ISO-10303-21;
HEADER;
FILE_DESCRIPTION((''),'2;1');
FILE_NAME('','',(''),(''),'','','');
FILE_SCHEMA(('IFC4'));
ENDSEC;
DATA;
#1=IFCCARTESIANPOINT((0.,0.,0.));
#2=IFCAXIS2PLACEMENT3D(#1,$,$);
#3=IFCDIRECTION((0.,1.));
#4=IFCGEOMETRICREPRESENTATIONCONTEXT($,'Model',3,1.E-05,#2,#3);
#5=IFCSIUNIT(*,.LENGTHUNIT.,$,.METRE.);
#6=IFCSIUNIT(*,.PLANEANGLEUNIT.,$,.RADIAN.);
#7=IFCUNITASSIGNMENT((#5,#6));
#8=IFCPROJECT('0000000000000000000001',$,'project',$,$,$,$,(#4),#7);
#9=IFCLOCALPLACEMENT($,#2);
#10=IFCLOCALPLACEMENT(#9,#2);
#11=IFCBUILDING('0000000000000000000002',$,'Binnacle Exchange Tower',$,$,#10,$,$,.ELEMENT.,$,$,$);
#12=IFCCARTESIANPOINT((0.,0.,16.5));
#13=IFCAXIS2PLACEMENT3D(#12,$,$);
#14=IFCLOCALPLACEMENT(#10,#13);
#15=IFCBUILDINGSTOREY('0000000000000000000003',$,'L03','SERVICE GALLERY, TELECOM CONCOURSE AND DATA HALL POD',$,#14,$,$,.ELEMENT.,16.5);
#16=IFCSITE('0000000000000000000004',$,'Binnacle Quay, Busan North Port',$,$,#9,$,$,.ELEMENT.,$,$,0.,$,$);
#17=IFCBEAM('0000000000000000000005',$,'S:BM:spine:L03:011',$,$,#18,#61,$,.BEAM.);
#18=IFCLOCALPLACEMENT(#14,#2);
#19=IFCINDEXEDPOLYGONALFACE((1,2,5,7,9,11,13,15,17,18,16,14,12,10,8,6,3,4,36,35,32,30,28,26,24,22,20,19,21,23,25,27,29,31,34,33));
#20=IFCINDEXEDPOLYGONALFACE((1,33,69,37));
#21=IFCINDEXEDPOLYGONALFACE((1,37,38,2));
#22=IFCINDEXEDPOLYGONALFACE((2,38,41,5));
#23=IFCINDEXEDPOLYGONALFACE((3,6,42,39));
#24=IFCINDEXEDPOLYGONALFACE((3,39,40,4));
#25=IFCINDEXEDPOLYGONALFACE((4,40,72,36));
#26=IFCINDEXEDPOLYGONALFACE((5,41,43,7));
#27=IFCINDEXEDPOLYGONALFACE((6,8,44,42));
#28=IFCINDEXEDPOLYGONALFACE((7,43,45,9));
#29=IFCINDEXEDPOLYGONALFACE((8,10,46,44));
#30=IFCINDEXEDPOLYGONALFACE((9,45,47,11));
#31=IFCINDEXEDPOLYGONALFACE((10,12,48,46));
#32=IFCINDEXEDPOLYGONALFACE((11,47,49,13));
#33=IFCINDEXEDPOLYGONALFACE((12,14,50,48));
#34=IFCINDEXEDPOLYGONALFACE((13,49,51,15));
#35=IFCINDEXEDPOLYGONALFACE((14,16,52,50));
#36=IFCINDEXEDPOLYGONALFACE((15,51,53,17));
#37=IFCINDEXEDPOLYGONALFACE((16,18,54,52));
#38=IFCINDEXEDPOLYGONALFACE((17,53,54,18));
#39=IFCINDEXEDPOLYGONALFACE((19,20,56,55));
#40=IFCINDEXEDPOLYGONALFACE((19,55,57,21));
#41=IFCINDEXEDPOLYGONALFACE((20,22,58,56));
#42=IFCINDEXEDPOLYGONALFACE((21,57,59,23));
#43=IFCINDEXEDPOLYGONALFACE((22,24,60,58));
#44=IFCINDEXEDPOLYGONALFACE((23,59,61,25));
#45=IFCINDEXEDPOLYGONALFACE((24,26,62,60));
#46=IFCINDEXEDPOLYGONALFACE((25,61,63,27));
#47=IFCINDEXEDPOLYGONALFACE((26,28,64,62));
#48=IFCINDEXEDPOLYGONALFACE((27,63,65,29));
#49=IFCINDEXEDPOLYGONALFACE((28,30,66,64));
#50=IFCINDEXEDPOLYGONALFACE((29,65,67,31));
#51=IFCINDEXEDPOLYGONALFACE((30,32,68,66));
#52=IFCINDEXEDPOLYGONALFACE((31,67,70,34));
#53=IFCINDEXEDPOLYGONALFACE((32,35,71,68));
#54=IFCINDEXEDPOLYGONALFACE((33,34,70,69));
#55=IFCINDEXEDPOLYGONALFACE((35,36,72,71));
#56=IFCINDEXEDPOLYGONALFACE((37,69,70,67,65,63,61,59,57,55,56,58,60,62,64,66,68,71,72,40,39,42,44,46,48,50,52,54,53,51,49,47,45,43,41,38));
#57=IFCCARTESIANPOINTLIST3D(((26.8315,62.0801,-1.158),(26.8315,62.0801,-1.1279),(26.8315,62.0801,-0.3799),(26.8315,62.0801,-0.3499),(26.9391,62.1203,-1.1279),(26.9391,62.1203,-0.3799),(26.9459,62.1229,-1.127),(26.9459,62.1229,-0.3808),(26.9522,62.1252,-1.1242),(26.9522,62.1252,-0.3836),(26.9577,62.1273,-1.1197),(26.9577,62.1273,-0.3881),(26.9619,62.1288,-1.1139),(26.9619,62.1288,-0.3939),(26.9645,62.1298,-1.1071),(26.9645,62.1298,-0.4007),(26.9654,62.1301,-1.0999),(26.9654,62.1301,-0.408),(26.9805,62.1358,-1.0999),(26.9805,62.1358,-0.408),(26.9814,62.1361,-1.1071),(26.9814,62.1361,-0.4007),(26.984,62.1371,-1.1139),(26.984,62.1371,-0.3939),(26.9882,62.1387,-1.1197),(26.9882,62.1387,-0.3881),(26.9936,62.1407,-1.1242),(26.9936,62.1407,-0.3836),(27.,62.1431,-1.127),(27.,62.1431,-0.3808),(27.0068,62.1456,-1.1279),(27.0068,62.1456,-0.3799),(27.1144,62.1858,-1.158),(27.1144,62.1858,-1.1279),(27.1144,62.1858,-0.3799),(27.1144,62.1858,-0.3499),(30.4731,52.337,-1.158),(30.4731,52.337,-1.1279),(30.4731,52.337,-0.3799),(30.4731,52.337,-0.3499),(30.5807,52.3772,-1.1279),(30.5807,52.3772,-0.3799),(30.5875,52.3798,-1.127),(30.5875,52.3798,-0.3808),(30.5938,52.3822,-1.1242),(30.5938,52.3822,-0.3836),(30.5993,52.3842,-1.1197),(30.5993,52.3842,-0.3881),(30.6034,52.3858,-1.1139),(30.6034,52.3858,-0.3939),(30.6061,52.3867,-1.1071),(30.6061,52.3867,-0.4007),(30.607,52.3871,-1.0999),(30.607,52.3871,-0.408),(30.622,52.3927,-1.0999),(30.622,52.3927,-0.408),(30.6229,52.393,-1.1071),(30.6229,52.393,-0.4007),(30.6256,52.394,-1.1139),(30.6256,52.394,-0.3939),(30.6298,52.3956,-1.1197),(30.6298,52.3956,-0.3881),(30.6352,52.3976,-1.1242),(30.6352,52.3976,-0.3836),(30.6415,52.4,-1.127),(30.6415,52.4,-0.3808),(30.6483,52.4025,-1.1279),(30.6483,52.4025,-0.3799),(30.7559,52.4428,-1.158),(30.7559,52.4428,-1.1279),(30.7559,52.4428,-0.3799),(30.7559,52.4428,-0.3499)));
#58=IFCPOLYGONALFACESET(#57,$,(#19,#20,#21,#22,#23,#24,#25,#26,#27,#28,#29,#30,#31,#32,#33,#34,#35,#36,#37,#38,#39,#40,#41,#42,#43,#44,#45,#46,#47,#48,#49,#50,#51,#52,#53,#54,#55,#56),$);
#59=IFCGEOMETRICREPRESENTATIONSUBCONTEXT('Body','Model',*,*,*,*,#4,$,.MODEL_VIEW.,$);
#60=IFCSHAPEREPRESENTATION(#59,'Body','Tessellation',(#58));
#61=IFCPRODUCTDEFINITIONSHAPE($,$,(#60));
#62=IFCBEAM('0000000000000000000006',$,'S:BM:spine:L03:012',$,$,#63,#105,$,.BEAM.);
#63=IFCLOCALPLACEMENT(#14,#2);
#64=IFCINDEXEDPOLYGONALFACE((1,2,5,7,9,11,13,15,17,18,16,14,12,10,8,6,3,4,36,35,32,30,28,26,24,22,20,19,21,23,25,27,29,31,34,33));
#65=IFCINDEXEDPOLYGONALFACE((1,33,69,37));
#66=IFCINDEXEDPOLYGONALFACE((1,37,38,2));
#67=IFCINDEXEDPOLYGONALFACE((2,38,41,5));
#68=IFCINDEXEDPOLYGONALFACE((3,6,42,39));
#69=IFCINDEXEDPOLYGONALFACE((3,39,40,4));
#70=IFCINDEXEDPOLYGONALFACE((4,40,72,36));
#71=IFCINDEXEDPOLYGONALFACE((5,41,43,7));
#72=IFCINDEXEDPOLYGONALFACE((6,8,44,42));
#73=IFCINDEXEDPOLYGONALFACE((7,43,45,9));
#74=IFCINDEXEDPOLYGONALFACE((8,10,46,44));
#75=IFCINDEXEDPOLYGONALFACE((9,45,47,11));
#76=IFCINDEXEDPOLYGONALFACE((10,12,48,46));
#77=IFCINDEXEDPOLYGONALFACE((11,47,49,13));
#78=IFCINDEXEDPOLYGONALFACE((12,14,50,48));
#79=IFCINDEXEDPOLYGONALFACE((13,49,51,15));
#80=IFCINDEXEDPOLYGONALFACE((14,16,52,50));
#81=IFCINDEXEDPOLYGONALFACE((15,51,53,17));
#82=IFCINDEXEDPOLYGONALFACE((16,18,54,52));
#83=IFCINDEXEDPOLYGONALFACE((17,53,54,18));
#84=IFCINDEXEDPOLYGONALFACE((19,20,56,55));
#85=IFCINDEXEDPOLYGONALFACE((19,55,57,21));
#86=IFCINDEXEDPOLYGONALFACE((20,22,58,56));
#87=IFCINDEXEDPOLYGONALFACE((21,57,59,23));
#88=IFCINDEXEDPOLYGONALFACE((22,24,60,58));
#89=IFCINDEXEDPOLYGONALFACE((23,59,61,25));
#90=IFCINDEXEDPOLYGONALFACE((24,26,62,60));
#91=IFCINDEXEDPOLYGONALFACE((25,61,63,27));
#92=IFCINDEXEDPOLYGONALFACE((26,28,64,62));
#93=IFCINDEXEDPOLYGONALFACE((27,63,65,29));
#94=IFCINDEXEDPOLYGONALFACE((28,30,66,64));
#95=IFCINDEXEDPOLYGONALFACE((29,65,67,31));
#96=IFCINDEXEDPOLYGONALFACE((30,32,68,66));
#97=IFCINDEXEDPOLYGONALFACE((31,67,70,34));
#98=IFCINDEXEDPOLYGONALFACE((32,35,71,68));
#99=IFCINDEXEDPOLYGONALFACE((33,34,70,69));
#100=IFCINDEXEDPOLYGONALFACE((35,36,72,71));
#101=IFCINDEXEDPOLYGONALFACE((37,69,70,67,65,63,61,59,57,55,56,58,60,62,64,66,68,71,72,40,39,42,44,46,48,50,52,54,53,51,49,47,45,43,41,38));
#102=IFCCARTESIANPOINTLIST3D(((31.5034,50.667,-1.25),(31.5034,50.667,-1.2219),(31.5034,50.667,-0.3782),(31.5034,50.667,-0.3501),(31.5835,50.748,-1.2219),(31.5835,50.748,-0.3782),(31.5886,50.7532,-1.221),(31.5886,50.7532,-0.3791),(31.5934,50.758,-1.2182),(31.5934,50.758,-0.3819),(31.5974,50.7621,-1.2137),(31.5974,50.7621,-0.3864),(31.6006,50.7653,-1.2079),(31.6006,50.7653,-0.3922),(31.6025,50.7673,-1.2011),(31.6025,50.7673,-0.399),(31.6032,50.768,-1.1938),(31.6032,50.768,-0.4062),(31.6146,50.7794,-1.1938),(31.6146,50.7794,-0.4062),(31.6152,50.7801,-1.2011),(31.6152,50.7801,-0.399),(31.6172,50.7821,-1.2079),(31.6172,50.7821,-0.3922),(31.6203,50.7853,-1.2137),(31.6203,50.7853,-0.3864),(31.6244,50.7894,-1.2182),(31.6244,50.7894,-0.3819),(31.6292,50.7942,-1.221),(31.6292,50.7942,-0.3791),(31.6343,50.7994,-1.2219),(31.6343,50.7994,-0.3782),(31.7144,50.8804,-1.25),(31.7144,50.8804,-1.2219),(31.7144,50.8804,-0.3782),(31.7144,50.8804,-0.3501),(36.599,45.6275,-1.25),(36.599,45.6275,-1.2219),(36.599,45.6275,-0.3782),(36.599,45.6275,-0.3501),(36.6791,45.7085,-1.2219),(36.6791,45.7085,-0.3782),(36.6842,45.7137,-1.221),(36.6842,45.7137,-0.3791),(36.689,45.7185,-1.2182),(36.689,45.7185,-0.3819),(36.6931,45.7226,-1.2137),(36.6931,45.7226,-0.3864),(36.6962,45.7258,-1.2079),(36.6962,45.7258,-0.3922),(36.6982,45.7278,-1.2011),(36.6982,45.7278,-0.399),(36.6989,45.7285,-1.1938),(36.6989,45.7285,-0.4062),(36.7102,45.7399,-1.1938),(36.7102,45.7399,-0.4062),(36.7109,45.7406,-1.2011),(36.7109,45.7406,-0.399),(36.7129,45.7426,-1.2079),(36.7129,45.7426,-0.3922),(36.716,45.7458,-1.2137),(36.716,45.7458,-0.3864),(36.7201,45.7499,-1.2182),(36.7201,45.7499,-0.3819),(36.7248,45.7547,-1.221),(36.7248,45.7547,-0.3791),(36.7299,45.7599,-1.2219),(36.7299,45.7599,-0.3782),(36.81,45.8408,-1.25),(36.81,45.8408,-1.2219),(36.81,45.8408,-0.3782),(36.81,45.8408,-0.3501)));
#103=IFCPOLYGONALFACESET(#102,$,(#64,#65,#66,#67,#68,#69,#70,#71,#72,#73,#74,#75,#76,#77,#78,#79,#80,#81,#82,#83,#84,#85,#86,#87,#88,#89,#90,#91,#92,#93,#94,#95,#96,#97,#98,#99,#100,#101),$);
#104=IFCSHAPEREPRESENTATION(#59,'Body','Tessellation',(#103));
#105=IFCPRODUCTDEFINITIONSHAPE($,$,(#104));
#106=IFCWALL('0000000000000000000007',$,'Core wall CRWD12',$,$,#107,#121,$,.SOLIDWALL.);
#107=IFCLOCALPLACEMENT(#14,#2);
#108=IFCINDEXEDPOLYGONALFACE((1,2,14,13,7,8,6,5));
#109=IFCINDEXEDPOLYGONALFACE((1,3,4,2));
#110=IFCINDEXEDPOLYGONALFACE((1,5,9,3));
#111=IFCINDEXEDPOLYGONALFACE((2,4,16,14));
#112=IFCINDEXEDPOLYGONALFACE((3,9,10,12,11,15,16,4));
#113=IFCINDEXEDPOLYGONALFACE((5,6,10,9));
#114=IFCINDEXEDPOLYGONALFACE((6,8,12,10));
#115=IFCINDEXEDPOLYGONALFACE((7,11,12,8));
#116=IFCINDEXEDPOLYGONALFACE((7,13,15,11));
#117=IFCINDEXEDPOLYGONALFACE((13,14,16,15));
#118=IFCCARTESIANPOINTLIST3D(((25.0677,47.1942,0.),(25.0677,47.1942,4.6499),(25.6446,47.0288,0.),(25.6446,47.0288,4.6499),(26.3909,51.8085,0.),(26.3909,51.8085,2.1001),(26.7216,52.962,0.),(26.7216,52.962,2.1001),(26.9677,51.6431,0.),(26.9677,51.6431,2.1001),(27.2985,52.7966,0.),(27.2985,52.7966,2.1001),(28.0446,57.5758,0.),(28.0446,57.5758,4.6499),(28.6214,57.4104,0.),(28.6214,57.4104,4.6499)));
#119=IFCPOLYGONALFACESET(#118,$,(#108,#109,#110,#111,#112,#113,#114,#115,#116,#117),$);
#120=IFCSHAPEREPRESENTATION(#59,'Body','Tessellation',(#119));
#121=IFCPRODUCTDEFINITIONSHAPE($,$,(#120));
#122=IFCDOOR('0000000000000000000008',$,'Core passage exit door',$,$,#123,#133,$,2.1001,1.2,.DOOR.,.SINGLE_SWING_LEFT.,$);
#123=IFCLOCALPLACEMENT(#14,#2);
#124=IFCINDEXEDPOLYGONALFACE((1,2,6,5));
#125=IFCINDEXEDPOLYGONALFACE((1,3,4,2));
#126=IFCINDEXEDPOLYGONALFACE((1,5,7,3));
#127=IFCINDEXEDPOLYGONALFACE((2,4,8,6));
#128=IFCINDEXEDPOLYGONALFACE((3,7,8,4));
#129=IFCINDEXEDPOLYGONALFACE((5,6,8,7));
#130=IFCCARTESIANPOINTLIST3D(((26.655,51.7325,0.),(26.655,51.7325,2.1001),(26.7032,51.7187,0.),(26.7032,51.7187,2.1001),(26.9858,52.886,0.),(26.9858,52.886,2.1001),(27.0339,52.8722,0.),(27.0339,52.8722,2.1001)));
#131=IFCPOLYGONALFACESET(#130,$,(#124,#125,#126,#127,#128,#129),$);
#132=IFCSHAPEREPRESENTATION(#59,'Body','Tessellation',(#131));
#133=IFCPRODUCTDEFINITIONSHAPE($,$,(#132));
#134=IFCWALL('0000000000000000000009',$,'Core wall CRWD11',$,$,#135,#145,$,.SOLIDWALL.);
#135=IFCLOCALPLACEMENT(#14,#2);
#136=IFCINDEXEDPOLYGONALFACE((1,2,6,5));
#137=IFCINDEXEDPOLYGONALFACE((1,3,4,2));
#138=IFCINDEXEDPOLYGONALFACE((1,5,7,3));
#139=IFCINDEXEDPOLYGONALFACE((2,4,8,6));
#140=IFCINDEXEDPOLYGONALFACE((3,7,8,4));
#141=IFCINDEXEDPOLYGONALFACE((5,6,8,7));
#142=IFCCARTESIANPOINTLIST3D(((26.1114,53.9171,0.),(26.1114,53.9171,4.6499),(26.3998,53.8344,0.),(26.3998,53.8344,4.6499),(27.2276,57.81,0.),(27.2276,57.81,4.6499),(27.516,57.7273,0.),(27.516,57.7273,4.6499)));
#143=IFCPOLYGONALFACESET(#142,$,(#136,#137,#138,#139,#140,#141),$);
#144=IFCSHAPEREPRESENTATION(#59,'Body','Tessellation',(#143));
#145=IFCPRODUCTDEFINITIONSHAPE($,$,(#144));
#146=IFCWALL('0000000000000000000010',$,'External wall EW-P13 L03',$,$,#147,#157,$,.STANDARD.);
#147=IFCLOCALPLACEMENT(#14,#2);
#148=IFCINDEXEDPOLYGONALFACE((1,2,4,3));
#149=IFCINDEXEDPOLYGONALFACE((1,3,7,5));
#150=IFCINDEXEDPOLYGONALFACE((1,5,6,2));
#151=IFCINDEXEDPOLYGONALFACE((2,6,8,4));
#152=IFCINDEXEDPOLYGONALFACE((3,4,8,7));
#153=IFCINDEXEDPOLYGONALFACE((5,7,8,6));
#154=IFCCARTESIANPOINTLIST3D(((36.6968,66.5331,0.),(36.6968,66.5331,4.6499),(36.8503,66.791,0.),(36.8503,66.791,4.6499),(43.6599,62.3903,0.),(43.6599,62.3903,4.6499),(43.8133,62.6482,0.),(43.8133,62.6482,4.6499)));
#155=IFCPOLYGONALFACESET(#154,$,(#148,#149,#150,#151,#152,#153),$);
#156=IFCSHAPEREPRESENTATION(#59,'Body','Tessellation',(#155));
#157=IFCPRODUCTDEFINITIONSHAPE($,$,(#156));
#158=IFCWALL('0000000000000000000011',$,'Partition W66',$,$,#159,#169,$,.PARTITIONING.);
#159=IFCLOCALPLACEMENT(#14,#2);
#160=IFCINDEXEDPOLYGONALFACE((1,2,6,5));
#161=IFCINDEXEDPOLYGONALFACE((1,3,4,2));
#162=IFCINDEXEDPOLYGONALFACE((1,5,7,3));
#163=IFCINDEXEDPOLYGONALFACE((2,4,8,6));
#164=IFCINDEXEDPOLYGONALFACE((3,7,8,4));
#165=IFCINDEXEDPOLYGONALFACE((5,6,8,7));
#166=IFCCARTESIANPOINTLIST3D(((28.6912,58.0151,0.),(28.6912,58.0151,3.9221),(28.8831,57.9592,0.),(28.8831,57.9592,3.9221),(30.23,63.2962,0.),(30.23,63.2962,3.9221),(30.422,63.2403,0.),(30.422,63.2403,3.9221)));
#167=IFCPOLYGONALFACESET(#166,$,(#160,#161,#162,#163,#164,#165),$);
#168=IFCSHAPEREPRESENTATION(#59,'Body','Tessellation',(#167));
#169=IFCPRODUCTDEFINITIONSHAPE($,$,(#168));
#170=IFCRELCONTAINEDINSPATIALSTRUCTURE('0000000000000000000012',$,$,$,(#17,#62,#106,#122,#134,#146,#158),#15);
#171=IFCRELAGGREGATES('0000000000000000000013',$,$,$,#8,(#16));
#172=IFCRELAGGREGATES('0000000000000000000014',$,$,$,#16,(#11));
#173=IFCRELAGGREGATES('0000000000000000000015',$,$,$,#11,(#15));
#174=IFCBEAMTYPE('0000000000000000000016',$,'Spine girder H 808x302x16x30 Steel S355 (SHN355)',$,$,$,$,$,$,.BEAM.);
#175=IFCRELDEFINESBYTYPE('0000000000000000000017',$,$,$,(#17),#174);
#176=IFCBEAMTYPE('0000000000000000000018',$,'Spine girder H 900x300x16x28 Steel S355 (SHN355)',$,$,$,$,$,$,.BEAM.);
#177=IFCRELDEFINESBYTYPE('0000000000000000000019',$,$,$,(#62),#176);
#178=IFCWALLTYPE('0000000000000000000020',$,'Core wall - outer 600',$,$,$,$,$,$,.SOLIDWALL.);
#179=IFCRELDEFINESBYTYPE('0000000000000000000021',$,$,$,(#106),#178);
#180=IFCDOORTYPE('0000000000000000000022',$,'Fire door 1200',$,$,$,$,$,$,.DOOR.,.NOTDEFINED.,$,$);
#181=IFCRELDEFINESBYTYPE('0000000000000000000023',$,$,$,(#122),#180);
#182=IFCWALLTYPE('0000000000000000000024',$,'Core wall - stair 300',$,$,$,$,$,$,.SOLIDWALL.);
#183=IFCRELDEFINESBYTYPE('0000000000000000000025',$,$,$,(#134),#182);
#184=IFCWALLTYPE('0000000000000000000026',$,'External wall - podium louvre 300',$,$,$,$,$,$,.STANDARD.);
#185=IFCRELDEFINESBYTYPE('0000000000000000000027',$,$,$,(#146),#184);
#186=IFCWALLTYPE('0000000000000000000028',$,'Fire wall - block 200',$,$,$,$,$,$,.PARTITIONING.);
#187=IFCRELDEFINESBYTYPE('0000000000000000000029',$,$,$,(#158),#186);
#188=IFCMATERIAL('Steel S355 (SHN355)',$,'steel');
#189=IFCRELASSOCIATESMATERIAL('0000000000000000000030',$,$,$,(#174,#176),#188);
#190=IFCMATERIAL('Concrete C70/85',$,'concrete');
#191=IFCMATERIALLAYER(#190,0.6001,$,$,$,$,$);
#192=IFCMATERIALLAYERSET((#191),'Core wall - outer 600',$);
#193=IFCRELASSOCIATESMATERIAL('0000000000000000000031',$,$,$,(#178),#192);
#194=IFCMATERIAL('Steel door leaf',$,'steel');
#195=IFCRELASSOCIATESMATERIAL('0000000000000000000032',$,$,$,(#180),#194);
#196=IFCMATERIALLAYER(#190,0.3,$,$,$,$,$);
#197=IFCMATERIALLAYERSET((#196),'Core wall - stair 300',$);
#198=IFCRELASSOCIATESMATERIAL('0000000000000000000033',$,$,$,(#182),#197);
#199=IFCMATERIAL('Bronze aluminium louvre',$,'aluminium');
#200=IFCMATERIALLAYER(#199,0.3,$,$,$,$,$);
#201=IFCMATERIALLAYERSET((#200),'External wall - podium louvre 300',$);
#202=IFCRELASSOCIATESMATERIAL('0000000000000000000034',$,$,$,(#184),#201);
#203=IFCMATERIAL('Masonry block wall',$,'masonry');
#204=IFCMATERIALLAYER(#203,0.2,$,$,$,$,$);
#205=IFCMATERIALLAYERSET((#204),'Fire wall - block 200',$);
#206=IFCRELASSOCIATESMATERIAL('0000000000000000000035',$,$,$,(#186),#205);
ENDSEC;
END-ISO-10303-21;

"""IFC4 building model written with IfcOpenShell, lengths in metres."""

from ifc_helpers import new_model, si_unit, direction, frame, frame_2d, origin, origin_2d, place, context, subcontext, project, spatial, rectangle, i_section, extrude, material, layer, layer_set, material_profile, profile_set, type_object, element, fill, save


model = new_model("IFC4")

# Units and contexts
model_context = context("Model", 3, precision=1e-05, world=origin(), true_north=direction((0.0, 1.0)))
body_context = subcontext(model_context, "Body", "Model", "MODEL_VIEW")
ifc_project = project(units=[si_unit("LENGTHUNIT", "METRE"), si_unit("PLANEANGLEUNIT", "RADIAN")], contexts=[model_context])

# Site, building, storey
site_placement = place(None, origin())
site = spatial("IfcSite", under=ifc_project, at=site_placement, Name="Binnacle Quay, Busan North Port", CompositionType="ELEMENT", RefElevation=0.0)
building_placement = place(site_placement, origin())
building = spatial("IfcBuilding", under=site, at=building_placement, Name="Binnacle Exchange Tower", CompositionType="ELEMENT")
storey_placement = place(building_placement, frame((0.0, 0.0, 16.5)))
storey = spatial("IfcBuildingStorey", under=building, at=storey_placement, Name="L03", Description="SERVICE GALLERY, TELECOM CONCOURSE AND DATA HALL POD", CompositionType="ELEMENT", Elevation=16.5)

# Shared definitions
ifc_material_1 = material(Name="Concrete C70/85", Category="concrete")

# Beams
ifc_material_2 = material(Name="Steel S355 (SHN355)", Category="steel")
ifc_material_profile_1 = material_profile(ifc_material_2, i_section(OverallWidth=0.302, OverallDepth=0.8081, WebThickness=0.0161, FlangeThickness=0.03, FilletRadius=0.0281, at=origin_2d()), Name="H 808x302x16x30")
ifc_profile_set_1 = profile_set([ifc_material_profile_1], Name="Steel S355 (SHN355)")
beam_type_1 = type_object("IfcBeamType", Name="Spine girder H 808x302x16x30 Steel S355 (SHN355)", PredefinedType="BEAM", material=ifc_profile_set_1)
beam_1_placement = place(storey_placement, frame((30.6145, 52.3899, -0.7539), z_axis=(-0.350105, 0.936711, 0.0), x_axis=(-0.936711, -0.350105, 0.0)))
element("IfcBeam", 1, at=beam_1_placement, inside=storey, type_object=beam_type_1, Name="S:BM:spine:L03:011", PredefinedType="BEAM", context=body_context, shape_type="SweptSolid", body=[
    extrude(i_section(OverallWidth=0.302, OverallDepth=0.8081, WebThickness=0.0161, FlangeThickness=0.03, FilletRadius=0.0281, at=origin_2d()), origin(), (0.0, 0.0, 1.0), 10.4014),
])
ifc_material_profile_2 = material_profile(ifc_material_2, i_section(OverallWidth=0.3, OverallDepth=0.8999, WebThickness=0.0161, FlangeThickness=0.0281, FilletRadius=0.0281, at=origin_2d()), Name="H 900x300x16x28")
ifc_profile_set_2 = profile_set([ifc_material_profile_2], Name="Steel S355 (SHN355)")
beam_type_2 = type_object("IfcBeamType", Name="Spine girder H 900x300x16x28 Steel S355 (SHN355)", PredefinedType="BEAM", material=ifc_profile_set_2)
beam_2_placement = place(storey_placement, frame((31.6089, 50.7737, -0.8), z_axis=(0.711013, -0.703178, 0.0), x_axis=(0.703178, 0.711013, 0.0)))
element("IfcBeam", 2, at=beam_2_placement, inside=storey, type_object=beam_type_2, Name="S:BM:spine:L03:012", PredefinedType="BEAM", context=body_context, shape_type="SweptSolid", body=[
    extrude(i_section(OverallWidth=0.3, OverallDepth=0.8999, WebThickness=0.0161, FlangeThickness=0.0281, FilletRadius=0.0281, at=origin_2d()), origin(), (0.0, 0.0, 1.0), 7.1667),
])

# Wall, opening, door
ifc_layer_1 = layer(ifc_material_1, 0.6001)
ifc_layer_set_1 = layer_set([ifc_layer_1], Name="Core wall - outer 600")
wall_type_1 = type_object("IfcWallType", Name="Core wall - outer 600", PredefinedType="SOLIDWALL", material=ifc_layer_set_1)
wall_1_placement = place(storey_placement, frame((25.3562, 47.1116, 0.0), z_axis=(0.0, 0.0, 1.0), x_axis=(0.275632, 0.961263, 0.0)))
wall_1 = element("IfcWall", 3, at=wall_1_placement, inside=storey, type_object=wall_type_1, Name="Core wall CRWD12", PredefinedType="SOLIDWALL", context=body_context, shape_type="SweptSolid", body=[
    extrude(rectangle(XDim=10.8, YDim=0.6001, at=frame_2d((5.3999, 0.0))), origin(), (0.0, 0.0, 1.0), 4.6499),
])
opening_1_placement = place(wall_1_placement, frame((4.8, 0.0, 0.0)))
opening_1 = element("IfcOpeningElement", 4, at=opening_1_placement, cuts=wall_1, PredefinedType="OPENING", context=body_context, shape_type="SweptSolid", body=[
    extrude(rectangle(XDim=1.2, YDim=2.1001, at=frame_2d((0.6001, 1.05))), frame((0.0, 0.3101, 0.0), z_axis=(0.0, -1.0, 0.0), x_axis=(1.0, 0.0, 0.0)), (0.0, 0.0, 1.0), 0.6201),
])
ifc_material_3 = material(Name="Steel door leaf", Category="steel")
door_type_1 = type_object("IfcDoorType", Name="Fire door 1200", OperationType="NOTDEFINED", PredefinedType="DOOR", material=ifc_material_3)
door_1_placement = place(opening_1_placement, frame((1.2, 0.0, 0.0), z_axis=(0.0, 0.0, 1.0), x_axis=(-1.0, 0.0, 0.0)))
door_1 = element("IfcDoor", 5, at=door_1_placement, inside=storey, type_object=door_type_1, Name="Core passage exit door", OperationType="SINGLE_SWING_LEFT", OverallHeight=2.1001, OverallWidth=1.2, PredefinedType="DOOR", context=body_context, shape_type="SweptSolid", body=[
    extrude(rectangle(XDim=1.2, YDim=2.1001, at=frame_2d((0.6001, 1.05))), frame((0.0, 0.0249, 0.0), z_axis=(0.0, -1.0, 0.0), x_axis=(1.0, 0.0, 0.0)), (0.0, 0.0, 1.0), 0.05),
])
fill(opening_1, door_1)

# Walls
ifc_layer_2 = layer(ifc_material_1, 0.3)
ifc_layer_set_2 = layer_set([ifc_layer_2], Name="Core wall - stair 300")
wall_type_2 = type_object("IfcWallType", Name="Core wall - stair 300", PredefinedType="SOLIDWALL", material=ifc_layer_set_2)
wall_2_placement = place(storey_placement, frame((26.2556, 53.8757, 0.0), z_axis=(0.0, 0.0, 1.0), x_axis=(0.275613, 0.961269, 0.0)))
element("IfcWall", 6, at=wall_2_placement, inside=storey, type_object=wall_type_2, Name="Core wall CRWD11", PredefinedType="SOLIDWALL", context=body_context, shape_type="SweptSolid", body=[
    extrude(rectangle(XDim=4.0498, YDim=0.3, at=frame_2d((2.0249, 0.0))), origin(), (0.0, 0.0, 1.0), 4.6499),
])
ifc_material_4 = material(Name="Bronze aluminium louvre", Category="aluminium")
ifc_layer_3 = layer(ifc_material_4, 0.3)
ifc_layer_set_3 = layer_set([ifc_layer_3], Name="External wall - podium louvre 300")
wall_type_3 = type_object("IfcWallType", Name="External wall - podium louvre 300", PredefinedType="STANDARD", material=ifc_layer_set_3)
wall_3_placement = place(storey_placement, frame((36.7734, 66.6621, 0.0), z_axis=(0.0, 0.0, 1.0), x_axis=(0.859396, -0.511311, 0.0)))
element("IfcWall", 7, at=wall_3_placement, inside=storey, type_object=wall_type_3, Name="External wall EW-P13 L03", PredefinedType="STANDARD", context=body_context, shape_type="SweptSolid", body=[
    extrude(rectangle(XDim=8.1023, YDim=0.3, at=frame_2d((4.0513, 0.0))), origin(), (0.0, 0.0, 1.0), 4.6499),
])
ifc_material_5 = material(Name="Masonry block wall", Category="masonry")
ifc_layer_4 = layer(ifc_material_5, 0.2)
ifc_layer_set_4 = layer_set([ifc_layer_4], Name="Fire wall - block 200")
wall_type_4 = type_object("IfcWallType", Name="Fire wall - block 200", PredefinedType="PARTITIONING", material=ifc_layer_set_4)
wall_4_placement = place(storey_placement, frame((28.7871, 57.9871, 0.0), z_axis=(0.0, 0.0, 1.0), x_axis=(0.279753, 0.960072, 0.0)))
element("IfcWall", 8, at=wall_4_placement, inside=storey, type_object=wall_type_4, Name="Partition W66", PredefinedType="PARTITIONING", context=body_context, shape_type="SweptSolid", body=[
    extrude(rectangle(XDim=5.5007, YDim=0.2, at=frame_2d((2.7505, 0.0))), origin(), (0.0, 0.0, 1.0), 3.9221),
])

save(model, "model.ifc")
